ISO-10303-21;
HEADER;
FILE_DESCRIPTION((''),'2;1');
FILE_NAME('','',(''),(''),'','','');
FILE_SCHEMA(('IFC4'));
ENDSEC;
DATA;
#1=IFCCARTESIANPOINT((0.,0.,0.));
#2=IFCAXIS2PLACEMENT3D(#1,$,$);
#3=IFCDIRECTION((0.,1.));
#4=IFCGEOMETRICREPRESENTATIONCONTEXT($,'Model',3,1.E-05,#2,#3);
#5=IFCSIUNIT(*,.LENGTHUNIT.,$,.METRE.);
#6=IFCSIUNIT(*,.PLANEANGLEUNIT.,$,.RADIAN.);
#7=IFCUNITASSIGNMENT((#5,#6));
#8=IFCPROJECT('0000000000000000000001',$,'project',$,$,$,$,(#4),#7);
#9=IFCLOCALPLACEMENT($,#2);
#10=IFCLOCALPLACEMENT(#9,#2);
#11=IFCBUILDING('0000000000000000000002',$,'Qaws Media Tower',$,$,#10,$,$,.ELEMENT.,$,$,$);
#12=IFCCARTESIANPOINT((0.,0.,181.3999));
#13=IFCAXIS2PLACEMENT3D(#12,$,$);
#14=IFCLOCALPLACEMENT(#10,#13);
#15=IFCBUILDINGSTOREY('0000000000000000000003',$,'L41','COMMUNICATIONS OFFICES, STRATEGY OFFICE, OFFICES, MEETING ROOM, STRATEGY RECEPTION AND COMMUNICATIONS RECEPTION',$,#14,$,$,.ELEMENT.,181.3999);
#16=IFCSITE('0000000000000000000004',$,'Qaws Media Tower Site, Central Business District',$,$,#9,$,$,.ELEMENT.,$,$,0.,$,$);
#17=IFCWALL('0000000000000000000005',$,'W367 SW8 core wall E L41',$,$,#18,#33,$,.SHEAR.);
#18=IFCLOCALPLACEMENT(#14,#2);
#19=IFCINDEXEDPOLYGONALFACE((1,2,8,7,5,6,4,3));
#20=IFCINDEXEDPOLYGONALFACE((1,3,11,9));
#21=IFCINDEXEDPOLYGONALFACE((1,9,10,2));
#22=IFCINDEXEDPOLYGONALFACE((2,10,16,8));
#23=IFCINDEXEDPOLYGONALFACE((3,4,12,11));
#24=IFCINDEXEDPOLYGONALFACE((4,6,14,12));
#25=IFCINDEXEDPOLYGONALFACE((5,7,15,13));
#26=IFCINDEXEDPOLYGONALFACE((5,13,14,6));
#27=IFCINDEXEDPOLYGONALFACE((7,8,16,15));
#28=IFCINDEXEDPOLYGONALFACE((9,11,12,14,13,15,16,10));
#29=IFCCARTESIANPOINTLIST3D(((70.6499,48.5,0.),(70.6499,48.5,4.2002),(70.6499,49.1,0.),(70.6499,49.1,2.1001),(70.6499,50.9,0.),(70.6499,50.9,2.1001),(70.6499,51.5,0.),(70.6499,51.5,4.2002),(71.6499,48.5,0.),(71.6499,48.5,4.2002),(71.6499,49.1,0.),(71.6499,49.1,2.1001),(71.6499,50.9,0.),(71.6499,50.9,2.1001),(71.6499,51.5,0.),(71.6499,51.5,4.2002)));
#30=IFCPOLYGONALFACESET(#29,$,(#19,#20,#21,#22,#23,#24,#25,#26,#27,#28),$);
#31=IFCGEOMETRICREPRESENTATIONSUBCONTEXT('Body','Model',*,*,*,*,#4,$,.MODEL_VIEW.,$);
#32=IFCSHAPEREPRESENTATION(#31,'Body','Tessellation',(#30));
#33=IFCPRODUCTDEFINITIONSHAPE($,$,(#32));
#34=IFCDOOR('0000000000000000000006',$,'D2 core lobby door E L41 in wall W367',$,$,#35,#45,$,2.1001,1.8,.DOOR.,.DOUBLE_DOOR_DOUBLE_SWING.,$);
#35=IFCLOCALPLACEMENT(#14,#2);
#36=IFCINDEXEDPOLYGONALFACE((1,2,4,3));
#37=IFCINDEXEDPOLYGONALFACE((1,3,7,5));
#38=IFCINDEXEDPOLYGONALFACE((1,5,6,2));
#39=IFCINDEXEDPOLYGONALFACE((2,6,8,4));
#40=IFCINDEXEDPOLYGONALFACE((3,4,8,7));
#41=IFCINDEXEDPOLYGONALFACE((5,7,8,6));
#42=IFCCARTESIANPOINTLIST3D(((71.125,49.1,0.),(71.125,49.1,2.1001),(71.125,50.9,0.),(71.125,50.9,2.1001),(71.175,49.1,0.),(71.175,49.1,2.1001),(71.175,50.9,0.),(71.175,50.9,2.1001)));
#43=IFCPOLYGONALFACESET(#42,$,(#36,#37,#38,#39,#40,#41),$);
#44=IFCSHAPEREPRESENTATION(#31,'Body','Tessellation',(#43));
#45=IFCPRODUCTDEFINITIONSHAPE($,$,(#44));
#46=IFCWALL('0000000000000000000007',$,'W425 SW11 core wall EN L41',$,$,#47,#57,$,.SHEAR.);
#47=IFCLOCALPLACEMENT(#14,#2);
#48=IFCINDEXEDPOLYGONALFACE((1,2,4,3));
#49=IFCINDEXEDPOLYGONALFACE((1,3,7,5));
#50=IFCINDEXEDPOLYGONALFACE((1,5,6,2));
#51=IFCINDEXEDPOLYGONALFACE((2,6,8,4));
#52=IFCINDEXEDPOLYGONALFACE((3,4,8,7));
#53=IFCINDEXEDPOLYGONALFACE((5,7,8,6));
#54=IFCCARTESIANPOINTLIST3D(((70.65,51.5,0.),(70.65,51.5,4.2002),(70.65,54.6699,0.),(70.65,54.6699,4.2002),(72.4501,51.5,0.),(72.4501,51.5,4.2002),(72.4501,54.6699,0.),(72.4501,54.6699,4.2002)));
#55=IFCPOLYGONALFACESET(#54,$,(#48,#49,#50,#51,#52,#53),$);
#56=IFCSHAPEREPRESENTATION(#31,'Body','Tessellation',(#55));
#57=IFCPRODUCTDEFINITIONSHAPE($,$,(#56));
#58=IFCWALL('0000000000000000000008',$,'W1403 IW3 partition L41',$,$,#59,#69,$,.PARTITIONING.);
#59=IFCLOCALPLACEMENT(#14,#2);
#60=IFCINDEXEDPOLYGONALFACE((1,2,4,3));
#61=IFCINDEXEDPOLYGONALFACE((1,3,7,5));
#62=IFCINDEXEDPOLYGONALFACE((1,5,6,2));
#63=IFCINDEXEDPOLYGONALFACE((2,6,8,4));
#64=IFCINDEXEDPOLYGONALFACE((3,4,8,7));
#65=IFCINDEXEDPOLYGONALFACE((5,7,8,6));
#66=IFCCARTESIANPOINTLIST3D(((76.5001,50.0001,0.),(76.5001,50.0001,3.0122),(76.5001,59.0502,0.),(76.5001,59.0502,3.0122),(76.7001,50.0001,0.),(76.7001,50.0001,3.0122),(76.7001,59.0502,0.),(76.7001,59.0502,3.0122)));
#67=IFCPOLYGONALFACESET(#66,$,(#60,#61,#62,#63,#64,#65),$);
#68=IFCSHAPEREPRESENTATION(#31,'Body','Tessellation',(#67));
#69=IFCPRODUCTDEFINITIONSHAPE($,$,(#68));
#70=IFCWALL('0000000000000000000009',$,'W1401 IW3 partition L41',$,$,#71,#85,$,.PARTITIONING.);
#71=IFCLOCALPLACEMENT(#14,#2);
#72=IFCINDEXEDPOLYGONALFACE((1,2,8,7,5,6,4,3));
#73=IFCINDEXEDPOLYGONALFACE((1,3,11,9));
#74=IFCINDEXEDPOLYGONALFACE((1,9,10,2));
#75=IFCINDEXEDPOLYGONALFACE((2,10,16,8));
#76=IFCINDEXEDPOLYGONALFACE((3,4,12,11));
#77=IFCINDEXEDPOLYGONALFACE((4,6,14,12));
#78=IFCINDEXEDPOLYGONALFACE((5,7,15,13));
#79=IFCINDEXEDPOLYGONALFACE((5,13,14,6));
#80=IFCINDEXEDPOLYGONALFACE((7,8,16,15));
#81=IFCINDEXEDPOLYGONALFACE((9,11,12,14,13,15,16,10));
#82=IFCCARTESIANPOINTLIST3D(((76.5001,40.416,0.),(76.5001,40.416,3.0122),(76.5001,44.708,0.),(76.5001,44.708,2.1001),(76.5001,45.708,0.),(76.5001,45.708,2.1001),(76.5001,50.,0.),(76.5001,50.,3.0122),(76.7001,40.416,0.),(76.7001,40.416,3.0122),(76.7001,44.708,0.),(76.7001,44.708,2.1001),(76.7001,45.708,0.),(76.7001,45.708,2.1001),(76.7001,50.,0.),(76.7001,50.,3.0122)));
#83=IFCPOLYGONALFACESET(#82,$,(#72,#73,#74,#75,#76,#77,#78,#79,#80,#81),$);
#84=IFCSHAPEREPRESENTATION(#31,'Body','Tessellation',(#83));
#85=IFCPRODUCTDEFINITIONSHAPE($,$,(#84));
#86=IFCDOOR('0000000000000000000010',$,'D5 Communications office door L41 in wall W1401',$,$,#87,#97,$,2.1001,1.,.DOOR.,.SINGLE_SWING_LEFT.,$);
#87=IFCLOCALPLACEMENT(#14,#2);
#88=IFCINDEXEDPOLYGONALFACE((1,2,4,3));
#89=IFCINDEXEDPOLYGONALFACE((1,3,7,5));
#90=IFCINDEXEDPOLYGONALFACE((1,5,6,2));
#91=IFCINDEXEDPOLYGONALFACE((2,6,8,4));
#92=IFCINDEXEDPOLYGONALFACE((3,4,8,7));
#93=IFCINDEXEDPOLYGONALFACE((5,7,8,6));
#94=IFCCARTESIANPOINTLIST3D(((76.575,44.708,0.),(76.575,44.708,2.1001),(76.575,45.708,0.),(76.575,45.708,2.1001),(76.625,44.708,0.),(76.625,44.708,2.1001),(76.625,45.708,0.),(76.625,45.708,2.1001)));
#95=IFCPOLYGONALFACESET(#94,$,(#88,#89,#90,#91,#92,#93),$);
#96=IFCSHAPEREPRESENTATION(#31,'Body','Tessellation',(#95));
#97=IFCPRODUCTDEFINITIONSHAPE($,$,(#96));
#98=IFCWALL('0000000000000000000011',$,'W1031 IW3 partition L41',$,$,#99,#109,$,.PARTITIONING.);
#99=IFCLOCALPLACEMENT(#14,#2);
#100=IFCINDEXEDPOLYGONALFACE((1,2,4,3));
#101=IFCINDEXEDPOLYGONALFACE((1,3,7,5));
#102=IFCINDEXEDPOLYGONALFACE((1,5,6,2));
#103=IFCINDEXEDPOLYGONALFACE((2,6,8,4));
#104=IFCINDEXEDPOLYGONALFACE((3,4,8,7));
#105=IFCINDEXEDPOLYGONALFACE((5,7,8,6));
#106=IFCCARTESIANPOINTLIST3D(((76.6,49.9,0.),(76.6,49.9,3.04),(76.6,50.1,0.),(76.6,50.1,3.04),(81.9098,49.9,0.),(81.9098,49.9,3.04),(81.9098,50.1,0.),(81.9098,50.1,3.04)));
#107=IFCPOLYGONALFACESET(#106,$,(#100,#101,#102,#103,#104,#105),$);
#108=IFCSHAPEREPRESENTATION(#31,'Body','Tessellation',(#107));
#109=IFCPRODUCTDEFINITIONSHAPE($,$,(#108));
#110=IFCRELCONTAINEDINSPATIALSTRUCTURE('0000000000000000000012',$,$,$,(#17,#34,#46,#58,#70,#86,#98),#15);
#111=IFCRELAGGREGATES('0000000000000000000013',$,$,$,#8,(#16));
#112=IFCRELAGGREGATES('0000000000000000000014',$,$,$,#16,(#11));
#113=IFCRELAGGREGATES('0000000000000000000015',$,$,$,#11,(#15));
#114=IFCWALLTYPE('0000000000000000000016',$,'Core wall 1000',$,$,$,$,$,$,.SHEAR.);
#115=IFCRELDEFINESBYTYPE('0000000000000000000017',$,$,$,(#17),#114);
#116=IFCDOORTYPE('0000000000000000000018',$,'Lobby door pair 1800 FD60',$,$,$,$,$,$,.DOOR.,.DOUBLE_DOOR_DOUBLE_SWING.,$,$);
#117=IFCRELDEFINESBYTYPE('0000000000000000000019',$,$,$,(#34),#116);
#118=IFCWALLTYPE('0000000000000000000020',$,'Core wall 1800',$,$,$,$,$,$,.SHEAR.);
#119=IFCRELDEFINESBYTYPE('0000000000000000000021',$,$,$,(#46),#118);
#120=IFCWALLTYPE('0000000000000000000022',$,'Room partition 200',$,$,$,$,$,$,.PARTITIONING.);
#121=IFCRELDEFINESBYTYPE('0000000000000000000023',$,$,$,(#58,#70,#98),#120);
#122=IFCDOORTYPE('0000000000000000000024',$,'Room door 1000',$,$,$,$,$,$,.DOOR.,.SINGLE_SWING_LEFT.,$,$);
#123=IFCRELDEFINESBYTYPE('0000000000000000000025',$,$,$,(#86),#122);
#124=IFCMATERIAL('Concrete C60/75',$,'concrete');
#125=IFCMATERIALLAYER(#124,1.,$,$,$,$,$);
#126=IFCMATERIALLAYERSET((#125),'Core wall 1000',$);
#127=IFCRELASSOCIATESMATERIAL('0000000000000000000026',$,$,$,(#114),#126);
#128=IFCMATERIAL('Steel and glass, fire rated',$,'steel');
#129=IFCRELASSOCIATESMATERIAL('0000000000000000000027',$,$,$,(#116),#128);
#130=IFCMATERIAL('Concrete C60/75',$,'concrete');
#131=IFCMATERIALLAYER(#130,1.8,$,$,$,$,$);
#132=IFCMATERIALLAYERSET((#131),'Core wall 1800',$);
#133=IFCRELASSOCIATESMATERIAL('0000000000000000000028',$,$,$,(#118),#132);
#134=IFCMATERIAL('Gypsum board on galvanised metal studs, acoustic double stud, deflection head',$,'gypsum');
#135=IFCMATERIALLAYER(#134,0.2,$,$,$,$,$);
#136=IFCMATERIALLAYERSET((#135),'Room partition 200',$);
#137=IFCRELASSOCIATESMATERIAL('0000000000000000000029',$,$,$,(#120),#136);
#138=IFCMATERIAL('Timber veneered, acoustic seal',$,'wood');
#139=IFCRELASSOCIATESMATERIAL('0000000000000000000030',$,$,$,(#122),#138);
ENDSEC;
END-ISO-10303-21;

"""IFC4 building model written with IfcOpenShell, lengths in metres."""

from ifc_helpers import new_model, si_unit, direction, frame, frame_2d, origin, place, context, subcontext, project, spatial, rectangle, extrude, material, layer, layer_set, type_object, element, fill, save


model = new_model("IFC4")

# Units and contexts
model_context = context("Model", 3, precision=1e-05, world=origin(), true_north=direction((0.0, 1.0)))
body_context = subcontext(model_context, "Body", "Model", "MODEL_VIEW")
ifc_project = project(units=[si_unit("LENGTHUNIT", "METRE"), si_unit("PLANEANGLEUNIT", "RADIAN")], contexts=[model_context])

# Site, building, storey
site_placement = place(None, origin())
site = spatial("IfcSite", under=ifc_project, at=site_placement, Name="Qaws Media Tower Site, Central Business District", CompositionType="ELEMENT", RefElevation=0.0)
building_placement = place(site_placement, origin())
building = spatial("IfcBuilding", under=site, at=building_placement, Name="Qaws Media Tower", CompositionType="ELEMENT")
storey_placement = place(building_placement, frame((0.0, 0.0, 181.3999)))
storey = spatial("IfcBuildingStorey", under=building, at=storey_placement, Name="L41", Description="COMMUNICATIONS OFFICES, STRATEGY OFFICE, OFFICES, MEETING ROOM, STRATEGY RECEPTION AND COMMUNICATIONS RECEPTION", CompositionType="ELEMENT", Elevation=181.3999)

# Wall, opening, door
ifc_material_1 = material(Name="Concrete C60/75", Category="concrete")
ifc_layer_1 = layer(ifc_material_1, 1.0)
ifc_layer_set_1 = layer_set([ifc_layer_1], Name="Core wall 1000")
wall_type_1 = type_object("IfcWallType", Name="Core wall 1000", PredefinedType="SHEAR", material=ifc_layer_set_1)
wall_1_placement = place(storey_placement, frame((71.1499, 48.5, 0.0), z_axis=(0.0, 0.0, 1.0), x_axis=(0.0, 1.0, 0.0)))
wall_1 = element("IfcWall", 1, at=wall_1_placement, inside=storey, type_object=wall_type_1, Name="W367 SW8 core wall E L41", PredefinedType="SHEAR", context=body_context, shape_type="SweptSolid", body=[
    extrude(rectangle(XDim=3.0, YDim=1.0, at=frame_2d((1.5, 0.0))), origin(), (0.0, 0.0, 1.0), 4.2002),
])
opening_1_placement = place(wall_1_placement, frame((0.6001, 0.0, 0.0)))
opening_1 = element("IfcOpeningElement", 2, at=opening_1_placement, cuts=wall_1, PredefinedType="OPENING", context=body_context, shape_type="SweptSolid", body=[
    extrude(rectangle(XDim=1.8, YDim=2.1001, at=frame_2d((0.8999, 1.05))), frame((0.0, 0.51, 0.0), z_axis=(0.0, -1.0, 0.0), x_axis=(1.0, 0.0, 0.0)), (0.0, 0.0, 1.0), 1.02),
])
ifc_material_2 = material(Name="Steel and glass, fire rated", Category="steel")
door_type_1 = type_object("IfcDoorType", Name="Lobby door pair 1800 FD60", OperationType="DOUBLE_DOOR_DOUBLE_SWING", PredefinedType="DOOR", material=ifc_material_2)
door_1_placement = place(opening_1_placement, origin())
door_1 = element("IfcDoor", 3, at=door_1_placement, inside=storey, type_object=door_type_1, Name="D2 core lobby door E L41 in wall W367", OperationType="DOUBLE_DOOR_DOUBLE_SWING", OverallHeight=2.1001, OverallWidth=1.8, PredefinedType="DOOR", context=body_context, shape_type="SweptSolid", body=[
    extrude(rectangle(XDim=1.8, YDim=2.1001, at=frame_2d((0.8999, 1.05))), frame((0.0, 0.0249, 0.0), z_axis=(0.0, -1.0, 0.0), x_axis=(1.0, 0.0, 0.0)), (0.0, 0.0, 1.0), 0.05),
])
fill(opening_1, door_1)

# Walls
ifc_material_3 = material(Name="Concrete C60/75", Category="concrete")
ifc_layer_2 = layer(ifc_material_3, 1.8)
ifc_layer_set_2 = layer_set([ifc_layer_2], Name="Core wall 1800")
wall_type_2 = type_object("IfcWallType", Name="Core wall 1800", PredefinedType="SHEAR", material=ifc_layer_set_2)
wall_2_placement = place(storey_placement, frame((71.55, 51.5, 0.0), z_axis=(0.0, 0.0, 1.0), x_axis=(0.0, 1.0, 0.0)))
element("IfcWall", 4, at=wall_2_placement, inside=storey, type_object=wall_type_2, Name="W425 SW11 core wall EN L41", PredefinedType="SHEAR", context=body_context, shape_type="SweptSolid", body=[
    extrude(rectangle(XDim=3.1699, YDim=1.8, at=frame_2d((1.585, 0.0))), origin(), (0.0, 0.0, 1.0), 4.2002),
])
ifc_material_4 = material(Name="Gypsum board on galvanised metal studs, acoustic double stud, deflection head", Category="gypsum")
ifc_layer_3 = layer(ifc_material_4, 0.2)
ifc_layer_set_3 = layer_set([ifc_layer_3], Name="Room partition 200")
wall_type_3 = type_object("IfcWallType", Name="Room partition 200", PredefinedType="PARTITIONING", material=ifc_layer_set_3)
wall_3_placement = place(storey_placement, frame((76.6001, 59.05, 0.0), z_axis=(0.0, 0.0, 1.0), x_axis=(0.0, -1.0, 0.0)))
element("IfcWall", 5, at=wall_3_placement, inside=storey, type_object=wall_type_3, Name="W1403 IW3 partition L41", PredefinedType="PARTITIONING", context=body_context, shape_type="SweptSolid", body=[
    extrude(rectangle(XDim=9.05, YDim=0.2, at=frame_2d((4.5249, 0.0))), origin(), (0.0, 0.0, 1.0), 3.0122),
])

# Wall, opening, door
wall_4_placement = place(storey_placement, frame((76.6001, 50.0, 0.0), z_axis=(0.0, 0.0, 1.0), x_axis=(0.0, -1.0, 0.0)))
wall_4 = element("IfcWall", 6, at=wall_4_placement, inside=storey, type_object=wall_type_3, Name="W1401 IW3 partition L41", PredefinedType="PARTITIONING", context=body_context, shape_type="SweptSolid", body=[
    extrude(rectangle(XDim=9.584, YDim=0.2, at=frame_2d((4.792, 0.0))), origin(), (0.0, 0.0, 1.0), 3.0122),
])
opening_2_placement = place(wall_4_placement, frame((4.292, 0.0, 0.0)))
opening_2 = element("IfcOpeningElement", 7, at=opening_2_placement, cuts=wall_4, PredefinedType="OPENING", context=body_context, shape_type="SweptSolid", body=[
    extrude(rectangle(XDim=1.0, YDim=2.1001, at=frame_2d((0.5, 1.05))), frame((0.0, 0.1099, 0.0), z_axis=(0.0, -1.0, 0.0), x_axis=(1.0, 0.0, 0.0)), (0.0, 0.0, 1.0), 0.22),
])
ifc_material_5 = material(Name="Timber veneered, acoustic seal", Category="wood")
door_type_2 = type_object("IfcDoorType", Name="Room door 1000", OperationType="SINGLE_SWING_LEFT", PredefinedType="DOOR", material=ifc_material_5)
door_2_placement = place(opening_2_placement, origin())
door_2 = element("IfcDoor", 8, at=door_2_placement, inside=storey, type_object=door_type_2, Name="D5 Communications office door L41 in wall W1401", OperationType="SINGLE_SWING_LEFT", OverallHeight=2.1001, OverallWidth=1.0, PredefinedType="DOOR", context=body_context, shape_type="SweptSolid", body=[
    extrude(rectangle(XDim=1.0, YDim=2.1001, at=frame_2d((0.5, 1.05))), frame((0.0, 0.0249, 0.0), z_axis=(0.0, -1.0, 0.0), x_axis=(1.0, 0.0, 0.0)), (0.0, 0.0, 1.0), 0.05),
])
fill(opening_2, door_2)

# Wall
wall_5_placement = place(storey_placement, frame((76.6001, 50.0, 0.0), z_axis=(0.0, 0.0, 1.0), x_axis=(1.0, 0.0, 0.0)))
element("IfcWall", 9, at=wall_5_placement, inside=storey, type_object=wall_type_3, Name="W1031 IW3 partition L41", PredefinedType="PARTITIONING", context=body_context, shape_type="SweptSolid", body=[
    extrude(rectangle(XDim=5.3098, YDim=0.2, at=frame_2d((2.6548, 0.0))), origin(), (0.0, 0.0, 1.0), 3.04),
])

save(model, "model.ifc")
